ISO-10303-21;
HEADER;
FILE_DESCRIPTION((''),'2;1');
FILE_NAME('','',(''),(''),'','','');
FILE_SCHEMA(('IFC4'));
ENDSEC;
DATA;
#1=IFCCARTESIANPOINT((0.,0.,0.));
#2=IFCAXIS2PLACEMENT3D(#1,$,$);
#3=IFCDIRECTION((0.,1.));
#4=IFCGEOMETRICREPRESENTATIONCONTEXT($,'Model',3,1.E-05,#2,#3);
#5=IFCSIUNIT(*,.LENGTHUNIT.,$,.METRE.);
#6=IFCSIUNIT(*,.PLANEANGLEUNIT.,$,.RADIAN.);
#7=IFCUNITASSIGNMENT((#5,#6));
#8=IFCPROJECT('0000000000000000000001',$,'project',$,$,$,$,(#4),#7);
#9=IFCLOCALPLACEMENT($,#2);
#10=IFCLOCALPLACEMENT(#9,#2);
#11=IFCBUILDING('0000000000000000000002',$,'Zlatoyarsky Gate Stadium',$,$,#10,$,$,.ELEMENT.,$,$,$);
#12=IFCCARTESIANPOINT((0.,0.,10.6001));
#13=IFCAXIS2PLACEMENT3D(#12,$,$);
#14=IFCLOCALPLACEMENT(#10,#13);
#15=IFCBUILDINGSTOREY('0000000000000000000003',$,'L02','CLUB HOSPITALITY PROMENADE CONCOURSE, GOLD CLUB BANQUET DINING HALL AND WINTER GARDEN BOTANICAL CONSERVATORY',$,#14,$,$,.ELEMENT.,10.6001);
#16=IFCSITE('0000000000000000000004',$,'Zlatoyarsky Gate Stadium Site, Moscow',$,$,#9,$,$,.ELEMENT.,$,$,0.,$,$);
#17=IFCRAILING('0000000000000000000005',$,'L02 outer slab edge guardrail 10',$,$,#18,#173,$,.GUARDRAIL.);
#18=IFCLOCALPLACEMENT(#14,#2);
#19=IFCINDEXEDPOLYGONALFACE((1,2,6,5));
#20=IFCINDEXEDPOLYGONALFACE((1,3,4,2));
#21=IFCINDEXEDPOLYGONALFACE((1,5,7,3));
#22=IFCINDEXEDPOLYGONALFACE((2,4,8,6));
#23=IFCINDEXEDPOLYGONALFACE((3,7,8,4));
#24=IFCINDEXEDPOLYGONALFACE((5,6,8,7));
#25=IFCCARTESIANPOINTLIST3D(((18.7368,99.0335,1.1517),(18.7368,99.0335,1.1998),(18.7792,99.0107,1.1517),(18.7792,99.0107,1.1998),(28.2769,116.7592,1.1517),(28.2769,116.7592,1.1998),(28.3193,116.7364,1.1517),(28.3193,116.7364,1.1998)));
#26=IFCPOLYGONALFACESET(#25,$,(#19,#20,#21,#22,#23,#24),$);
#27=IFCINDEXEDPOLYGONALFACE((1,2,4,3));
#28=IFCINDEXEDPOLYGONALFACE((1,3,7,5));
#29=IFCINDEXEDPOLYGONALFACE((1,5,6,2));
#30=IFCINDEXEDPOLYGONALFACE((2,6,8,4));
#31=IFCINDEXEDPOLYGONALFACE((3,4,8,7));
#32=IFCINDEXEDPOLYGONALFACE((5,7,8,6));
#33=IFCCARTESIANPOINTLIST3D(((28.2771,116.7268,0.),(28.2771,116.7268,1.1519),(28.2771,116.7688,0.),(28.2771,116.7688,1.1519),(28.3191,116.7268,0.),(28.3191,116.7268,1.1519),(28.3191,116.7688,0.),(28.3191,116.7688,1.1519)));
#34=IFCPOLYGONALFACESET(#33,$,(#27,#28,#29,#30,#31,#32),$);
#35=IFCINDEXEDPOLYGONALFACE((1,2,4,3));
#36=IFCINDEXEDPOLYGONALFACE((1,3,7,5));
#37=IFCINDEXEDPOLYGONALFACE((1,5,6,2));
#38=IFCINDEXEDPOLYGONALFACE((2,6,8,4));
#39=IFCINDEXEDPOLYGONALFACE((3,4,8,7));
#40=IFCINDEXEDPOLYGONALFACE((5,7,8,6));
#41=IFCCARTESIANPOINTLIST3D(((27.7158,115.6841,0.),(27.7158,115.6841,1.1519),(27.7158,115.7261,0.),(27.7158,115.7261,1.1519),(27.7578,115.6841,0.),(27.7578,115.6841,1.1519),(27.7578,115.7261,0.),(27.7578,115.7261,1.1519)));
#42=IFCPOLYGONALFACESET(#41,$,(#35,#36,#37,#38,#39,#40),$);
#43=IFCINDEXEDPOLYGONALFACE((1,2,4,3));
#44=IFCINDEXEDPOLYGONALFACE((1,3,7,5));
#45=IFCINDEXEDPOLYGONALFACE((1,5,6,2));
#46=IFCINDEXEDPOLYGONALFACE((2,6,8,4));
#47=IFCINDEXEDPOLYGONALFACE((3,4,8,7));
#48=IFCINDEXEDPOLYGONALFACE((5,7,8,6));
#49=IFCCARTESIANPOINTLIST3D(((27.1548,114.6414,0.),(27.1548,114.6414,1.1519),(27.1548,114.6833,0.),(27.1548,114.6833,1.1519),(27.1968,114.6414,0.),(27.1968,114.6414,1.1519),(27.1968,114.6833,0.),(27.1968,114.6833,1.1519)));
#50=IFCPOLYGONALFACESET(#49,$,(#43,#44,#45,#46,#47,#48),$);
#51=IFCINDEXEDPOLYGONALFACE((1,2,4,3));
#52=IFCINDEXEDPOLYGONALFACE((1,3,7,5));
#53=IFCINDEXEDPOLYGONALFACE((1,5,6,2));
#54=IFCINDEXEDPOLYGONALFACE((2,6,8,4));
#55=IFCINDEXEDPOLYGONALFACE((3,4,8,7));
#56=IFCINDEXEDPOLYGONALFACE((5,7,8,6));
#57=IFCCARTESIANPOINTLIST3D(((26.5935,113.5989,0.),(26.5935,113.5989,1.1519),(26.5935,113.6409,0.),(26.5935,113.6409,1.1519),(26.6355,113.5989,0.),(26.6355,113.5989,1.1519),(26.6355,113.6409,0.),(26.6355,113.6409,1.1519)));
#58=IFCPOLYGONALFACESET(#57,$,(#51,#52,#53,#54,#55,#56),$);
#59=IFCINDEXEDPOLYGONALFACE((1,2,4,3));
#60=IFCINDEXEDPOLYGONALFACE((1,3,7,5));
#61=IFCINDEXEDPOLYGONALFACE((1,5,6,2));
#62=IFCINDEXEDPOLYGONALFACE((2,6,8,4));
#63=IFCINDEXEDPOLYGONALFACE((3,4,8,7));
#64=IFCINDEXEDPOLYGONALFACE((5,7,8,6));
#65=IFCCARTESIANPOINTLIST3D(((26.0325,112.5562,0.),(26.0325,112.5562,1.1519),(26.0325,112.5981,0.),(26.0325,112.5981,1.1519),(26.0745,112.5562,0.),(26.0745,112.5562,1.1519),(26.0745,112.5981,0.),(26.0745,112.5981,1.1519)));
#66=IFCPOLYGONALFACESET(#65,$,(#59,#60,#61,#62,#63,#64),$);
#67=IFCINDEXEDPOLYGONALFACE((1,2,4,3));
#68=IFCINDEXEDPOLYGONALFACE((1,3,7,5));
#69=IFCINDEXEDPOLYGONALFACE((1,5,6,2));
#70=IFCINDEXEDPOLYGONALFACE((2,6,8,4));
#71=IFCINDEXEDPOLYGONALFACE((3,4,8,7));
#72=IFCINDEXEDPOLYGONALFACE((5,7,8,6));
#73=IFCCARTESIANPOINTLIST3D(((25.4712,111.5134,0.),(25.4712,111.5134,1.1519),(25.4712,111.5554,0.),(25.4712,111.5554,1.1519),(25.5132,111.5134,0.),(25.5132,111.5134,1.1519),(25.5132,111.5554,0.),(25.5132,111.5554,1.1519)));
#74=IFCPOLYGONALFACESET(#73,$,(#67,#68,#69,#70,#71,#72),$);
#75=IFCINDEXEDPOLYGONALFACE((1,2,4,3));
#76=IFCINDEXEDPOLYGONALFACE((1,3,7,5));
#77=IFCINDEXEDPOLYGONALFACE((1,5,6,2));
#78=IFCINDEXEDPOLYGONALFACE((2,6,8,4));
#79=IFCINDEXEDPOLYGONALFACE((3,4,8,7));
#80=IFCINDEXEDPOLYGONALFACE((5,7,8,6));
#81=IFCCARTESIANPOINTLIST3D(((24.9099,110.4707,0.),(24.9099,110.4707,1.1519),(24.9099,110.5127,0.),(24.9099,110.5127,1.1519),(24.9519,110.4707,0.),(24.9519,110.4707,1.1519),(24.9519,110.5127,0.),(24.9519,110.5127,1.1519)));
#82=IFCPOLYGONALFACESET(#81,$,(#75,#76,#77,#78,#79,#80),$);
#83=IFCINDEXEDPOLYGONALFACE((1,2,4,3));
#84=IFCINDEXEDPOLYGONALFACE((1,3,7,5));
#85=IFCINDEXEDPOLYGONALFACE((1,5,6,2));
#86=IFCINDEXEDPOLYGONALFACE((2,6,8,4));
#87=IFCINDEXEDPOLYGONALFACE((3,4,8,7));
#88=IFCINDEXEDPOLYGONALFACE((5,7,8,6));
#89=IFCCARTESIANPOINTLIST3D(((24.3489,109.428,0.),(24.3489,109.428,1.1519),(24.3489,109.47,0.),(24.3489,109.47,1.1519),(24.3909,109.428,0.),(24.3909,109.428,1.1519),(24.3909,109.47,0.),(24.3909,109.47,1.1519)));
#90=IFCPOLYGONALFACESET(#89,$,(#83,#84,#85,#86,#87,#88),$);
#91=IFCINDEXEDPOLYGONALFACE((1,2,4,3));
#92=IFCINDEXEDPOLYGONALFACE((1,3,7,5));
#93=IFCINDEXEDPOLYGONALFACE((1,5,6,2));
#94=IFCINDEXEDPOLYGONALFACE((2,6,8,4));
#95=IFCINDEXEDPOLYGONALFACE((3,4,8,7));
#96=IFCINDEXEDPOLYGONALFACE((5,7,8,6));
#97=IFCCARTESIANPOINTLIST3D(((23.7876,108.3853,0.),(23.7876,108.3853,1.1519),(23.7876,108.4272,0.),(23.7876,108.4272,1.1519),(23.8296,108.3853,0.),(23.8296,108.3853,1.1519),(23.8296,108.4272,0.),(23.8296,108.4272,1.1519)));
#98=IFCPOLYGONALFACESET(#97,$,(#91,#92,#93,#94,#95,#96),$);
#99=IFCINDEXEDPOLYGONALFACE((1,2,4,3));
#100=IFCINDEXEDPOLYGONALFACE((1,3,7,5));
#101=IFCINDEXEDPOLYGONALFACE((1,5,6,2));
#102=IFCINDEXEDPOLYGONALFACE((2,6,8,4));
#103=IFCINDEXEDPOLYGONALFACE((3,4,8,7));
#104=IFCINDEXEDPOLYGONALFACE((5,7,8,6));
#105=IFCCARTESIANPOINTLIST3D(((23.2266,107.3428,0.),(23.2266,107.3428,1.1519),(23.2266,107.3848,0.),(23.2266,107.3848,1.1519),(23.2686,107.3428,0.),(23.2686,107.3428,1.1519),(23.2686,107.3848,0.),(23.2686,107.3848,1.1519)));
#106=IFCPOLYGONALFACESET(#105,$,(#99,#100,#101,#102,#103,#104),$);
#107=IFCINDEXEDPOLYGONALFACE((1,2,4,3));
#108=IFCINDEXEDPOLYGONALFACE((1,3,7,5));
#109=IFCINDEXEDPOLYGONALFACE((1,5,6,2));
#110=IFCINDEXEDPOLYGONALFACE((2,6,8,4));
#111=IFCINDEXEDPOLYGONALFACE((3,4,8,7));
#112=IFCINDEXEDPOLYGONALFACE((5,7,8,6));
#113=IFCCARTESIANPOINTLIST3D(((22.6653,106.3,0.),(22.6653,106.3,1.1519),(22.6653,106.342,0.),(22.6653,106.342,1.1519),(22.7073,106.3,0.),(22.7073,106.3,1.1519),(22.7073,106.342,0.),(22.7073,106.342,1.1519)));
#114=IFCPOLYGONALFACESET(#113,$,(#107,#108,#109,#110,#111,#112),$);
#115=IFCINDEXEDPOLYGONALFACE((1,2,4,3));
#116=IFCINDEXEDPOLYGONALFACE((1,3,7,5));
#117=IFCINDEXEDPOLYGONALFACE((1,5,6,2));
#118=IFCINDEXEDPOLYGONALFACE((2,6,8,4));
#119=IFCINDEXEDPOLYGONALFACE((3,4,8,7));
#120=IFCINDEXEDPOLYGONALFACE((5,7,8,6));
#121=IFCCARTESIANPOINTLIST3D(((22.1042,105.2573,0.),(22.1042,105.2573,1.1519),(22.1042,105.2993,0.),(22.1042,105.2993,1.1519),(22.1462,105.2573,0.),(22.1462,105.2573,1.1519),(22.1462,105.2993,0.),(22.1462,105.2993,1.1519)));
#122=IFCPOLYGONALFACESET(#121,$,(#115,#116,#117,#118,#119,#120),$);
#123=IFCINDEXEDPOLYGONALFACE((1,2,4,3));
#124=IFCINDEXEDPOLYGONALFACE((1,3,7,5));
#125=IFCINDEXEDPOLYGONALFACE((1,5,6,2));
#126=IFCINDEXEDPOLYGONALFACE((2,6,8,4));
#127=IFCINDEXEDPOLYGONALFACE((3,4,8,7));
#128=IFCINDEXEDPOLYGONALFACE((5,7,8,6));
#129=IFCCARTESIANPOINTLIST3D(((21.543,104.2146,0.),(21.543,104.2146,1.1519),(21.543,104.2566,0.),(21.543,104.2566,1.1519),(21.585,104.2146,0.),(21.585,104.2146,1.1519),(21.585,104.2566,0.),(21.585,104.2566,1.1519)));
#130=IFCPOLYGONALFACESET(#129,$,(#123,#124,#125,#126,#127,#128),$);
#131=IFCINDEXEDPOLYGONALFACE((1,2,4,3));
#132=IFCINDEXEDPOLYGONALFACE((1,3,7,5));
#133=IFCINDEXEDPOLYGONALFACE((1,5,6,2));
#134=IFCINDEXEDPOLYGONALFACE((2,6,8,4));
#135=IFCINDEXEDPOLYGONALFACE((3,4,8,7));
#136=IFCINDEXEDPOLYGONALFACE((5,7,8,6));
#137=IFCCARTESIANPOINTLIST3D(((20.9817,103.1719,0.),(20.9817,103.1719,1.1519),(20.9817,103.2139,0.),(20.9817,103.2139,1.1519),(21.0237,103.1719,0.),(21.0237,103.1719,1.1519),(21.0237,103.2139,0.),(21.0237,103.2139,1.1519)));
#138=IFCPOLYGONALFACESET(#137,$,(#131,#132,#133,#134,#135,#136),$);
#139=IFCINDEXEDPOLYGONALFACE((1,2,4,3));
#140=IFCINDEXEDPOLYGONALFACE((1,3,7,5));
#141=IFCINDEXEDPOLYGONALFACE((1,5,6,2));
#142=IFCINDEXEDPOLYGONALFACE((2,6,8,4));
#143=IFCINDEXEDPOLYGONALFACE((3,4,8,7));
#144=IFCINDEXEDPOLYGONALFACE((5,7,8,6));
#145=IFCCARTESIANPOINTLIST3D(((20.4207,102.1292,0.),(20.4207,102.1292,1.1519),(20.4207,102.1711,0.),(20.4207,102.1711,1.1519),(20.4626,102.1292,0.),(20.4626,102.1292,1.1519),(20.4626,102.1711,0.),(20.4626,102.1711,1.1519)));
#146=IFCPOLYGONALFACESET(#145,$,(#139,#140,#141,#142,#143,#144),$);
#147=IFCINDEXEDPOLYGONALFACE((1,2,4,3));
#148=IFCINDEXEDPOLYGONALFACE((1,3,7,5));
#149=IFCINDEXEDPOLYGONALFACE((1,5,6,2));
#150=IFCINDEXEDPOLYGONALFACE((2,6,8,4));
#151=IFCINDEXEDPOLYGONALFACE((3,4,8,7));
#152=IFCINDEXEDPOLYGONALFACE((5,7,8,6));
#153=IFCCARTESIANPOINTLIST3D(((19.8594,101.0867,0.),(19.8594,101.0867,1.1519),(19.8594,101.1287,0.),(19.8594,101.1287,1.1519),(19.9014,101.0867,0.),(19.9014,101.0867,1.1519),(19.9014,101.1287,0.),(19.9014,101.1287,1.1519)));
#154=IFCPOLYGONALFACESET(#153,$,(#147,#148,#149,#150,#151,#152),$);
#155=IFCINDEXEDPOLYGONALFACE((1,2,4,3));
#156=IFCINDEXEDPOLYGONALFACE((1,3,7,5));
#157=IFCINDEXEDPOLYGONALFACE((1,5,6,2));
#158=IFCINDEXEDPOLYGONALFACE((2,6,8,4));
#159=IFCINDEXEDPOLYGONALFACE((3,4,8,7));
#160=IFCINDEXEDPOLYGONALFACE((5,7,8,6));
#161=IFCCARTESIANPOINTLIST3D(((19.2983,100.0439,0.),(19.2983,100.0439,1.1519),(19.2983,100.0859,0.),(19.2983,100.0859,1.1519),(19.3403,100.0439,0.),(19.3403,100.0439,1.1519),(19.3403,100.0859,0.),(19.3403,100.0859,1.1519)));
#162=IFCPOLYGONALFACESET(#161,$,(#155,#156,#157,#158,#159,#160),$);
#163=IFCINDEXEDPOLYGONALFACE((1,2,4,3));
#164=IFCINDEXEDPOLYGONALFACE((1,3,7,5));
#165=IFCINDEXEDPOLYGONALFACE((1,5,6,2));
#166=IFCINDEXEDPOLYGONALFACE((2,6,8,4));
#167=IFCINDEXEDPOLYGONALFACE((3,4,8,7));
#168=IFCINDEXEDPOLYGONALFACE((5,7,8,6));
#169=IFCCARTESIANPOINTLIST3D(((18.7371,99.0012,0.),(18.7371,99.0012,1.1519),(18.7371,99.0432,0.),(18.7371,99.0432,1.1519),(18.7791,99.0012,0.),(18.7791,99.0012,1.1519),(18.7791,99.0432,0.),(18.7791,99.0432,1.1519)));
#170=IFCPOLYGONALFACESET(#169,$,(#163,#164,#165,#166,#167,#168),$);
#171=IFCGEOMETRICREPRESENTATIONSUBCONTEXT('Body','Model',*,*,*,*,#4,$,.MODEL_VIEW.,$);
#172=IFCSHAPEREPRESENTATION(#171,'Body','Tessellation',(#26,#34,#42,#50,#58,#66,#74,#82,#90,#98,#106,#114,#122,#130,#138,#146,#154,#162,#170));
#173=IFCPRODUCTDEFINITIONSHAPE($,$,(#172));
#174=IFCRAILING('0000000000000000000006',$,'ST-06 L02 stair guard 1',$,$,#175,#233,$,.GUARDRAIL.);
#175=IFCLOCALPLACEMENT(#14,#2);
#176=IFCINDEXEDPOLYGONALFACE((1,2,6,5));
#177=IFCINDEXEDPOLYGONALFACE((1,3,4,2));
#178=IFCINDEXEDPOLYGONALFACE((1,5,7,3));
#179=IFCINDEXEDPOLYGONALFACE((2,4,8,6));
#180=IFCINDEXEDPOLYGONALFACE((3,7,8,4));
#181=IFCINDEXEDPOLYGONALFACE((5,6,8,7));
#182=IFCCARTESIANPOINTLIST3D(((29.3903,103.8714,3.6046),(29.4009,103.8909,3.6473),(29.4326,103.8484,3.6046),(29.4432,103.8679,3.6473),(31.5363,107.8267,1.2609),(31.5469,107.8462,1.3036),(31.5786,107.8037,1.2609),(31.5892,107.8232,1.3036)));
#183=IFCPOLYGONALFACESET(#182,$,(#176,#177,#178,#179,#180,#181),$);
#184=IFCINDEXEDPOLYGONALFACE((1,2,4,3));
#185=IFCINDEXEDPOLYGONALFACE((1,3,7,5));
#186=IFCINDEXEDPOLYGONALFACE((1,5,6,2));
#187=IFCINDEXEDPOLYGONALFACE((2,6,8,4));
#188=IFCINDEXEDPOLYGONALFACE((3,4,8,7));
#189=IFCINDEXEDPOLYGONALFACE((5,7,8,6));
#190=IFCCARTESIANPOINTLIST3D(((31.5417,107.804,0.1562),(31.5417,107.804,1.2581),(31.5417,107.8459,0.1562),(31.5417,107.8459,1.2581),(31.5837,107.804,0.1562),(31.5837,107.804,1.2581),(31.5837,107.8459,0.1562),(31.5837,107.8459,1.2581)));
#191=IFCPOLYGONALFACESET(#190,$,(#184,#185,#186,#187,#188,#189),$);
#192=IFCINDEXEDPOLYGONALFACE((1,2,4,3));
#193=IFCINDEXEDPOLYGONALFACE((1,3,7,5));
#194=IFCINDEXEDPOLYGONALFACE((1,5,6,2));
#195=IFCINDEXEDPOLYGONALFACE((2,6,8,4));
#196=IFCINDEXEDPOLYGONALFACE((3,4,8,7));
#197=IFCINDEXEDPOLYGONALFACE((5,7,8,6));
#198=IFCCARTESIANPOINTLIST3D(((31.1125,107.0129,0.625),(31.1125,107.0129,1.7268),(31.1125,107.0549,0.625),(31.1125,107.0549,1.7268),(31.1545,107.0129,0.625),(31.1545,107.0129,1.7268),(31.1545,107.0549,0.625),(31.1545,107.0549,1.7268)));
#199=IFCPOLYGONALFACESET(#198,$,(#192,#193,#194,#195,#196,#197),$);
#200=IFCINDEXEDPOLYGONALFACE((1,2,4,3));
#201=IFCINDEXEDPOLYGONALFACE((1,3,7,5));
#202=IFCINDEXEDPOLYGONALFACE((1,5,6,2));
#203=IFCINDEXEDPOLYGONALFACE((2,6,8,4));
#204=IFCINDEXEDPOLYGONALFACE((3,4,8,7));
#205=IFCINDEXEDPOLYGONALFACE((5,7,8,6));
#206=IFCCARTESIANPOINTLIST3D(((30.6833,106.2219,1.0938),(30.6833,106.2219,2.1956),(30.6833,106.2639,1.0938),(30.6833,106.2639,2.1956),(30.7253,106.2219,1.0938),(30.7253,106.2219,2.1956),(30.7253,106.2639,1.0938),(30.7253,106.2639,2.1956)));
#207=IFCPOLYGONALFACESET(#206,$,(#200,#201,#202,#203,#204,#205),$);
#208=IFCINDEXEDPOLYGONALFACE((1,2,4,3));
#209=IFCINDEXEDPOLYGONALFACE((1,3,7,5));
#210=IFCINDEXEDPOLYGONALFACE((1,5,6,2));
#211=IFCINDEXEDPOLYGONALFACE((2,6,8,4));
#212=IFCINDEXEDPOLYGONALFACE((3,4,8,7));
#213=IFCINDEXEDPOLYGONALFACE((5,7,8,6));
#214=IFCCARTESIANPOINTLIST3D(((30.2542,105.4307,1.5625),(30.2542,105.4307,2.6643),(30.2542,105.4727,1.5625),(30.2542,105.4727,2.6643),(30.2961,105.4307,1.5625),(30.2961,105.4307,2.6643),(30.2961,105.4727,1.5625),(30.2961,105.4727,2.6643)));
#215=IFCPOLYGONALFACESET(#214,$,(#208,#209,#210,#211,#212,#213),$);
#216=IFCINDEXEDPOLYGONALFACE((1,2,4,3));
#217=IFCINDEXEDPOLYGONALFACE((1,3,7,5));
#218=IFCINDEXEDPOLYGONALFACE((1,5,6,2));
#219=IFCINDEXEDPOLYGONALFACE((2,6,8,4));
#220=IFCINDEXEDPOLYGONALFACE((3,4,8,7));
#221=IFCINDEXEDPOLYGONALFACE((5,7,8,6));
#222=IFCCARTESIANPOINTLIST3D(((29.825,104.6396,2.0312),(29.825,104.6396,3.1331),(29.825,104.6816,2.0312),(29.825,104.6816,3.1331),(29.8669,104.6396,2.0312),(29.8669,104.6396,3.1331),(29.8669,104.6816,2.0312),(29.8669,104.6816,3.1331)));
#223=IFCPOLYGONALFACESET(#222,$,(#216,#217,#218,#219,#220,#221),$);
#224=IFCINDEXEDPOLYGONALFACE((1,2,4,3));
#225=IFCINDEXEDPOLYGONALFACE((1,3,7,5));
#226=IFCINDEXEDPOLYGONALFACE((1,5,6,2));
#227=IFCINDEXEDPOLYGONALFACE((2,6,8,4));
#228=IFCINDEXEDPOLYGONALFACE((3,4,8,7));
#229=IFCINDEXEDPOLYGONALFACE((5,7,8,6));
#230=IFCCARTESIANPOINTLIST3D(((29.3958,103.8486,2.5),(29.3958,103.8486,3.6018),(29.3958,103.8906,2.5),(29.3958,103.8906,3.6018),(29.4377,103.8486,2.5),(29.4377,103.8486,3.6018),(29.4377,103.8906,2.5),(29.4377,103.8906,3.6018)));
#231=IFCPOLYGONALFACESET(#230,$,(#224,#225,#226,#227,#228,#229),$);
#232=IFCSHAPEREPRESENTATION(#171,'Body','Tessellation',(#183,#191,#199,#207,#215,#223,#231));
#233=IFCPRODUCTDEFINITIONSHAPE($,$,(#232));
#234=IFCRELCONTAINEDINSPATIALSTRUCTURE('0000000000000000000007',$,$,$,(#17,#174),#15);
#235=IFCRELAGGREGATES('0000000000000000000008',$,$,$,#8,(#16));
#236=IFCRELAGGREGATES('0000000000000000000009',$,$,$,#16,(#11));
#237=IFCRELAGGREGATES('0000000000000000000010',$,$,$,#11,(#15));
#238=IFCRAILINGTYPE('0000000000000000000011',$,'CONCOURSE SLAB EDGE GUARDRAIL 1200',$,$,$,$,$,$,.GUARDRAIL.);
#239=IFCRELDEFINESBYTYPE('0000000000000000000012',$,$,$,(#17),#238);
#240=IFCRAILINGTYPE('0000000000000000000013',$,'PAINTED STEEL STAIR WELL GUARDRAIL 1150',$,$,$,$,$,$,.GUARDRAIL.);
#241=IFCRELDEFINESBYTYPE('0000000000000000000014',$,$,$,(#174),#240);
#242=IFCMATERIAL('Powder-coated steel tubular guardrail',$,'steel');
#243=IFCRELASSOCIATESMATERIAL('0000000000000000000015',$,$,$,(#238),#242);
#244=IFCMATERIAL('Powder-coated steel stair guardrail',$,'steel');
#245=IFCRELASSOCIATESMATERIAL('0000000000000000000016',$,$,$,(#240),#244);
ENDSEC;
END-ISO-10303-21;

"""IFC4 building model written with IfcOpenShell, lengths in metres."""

from ifc_helpers import new_model, si_unit, direction, frame, origin, origin_2d, place, context, subcontext, project, spatial, rectangle, extrude, material, type_object, element, save


model = new_model("IFC4")

# Units and contexts
model_context = context("Model", 3, precision=1e-05, world=origin(), true_north=direction((0.0, 1.0)))
body_context = subcontext(model_context, "Body", "Model", "MODEL_VIEW")
ifc_project = project(units=[si_unit("LENGTHUNIT", "METRE"), si_unit("PLANEANGLEUNIT", "RADIAN")], contexts=[model_context])

# Site, building, storey
site_placement = place(None, origin())
site = spatial("IfcSite", under=ifc_project, at=site_placement, Name="Zlatoyarsky Gate Stadium Site, Moscow", CompositionType="ELEMENT", RefElevation=0.0)
building_placement = place(site_placement, origin())
building = spatial("IfcBuilding", under=site, at=building_placement, Name="Zlatoyarsky Gate Stadium", CompositionType="ELEMENT")
storey_placement = place(building_placement, frame((0.0, 0.0, 10.6001)))
storey = spatial("IfcBuildingStorey", under=building, at=storey_placement, Name="L02", Description="CLUB HOSPITALITY PROMENADE CONCOURSE, GOLD CLUB BANQUET DINING HALL AND WINTER GARDEN BOTANICAL CONSERVATORY", CompositionType="ELEMENT", Elevation=10.6001)

# Railings
ifc_material_1 = material(Name="Powder-coated steel tubular guardrail", Category="steel")
railing_type_1 = type_object("IfcRailingType", Name="CONCOURSE SLAB EDGE GUARDRAIL 1200", PredefinedType="GUARDRAIL", material=ifc_material_1)
railing_1_placement = place(storey_placement, frame((28.2981, 116.7478, 0.0)))
element("IfcRailing", 1, at=railing_1_placement, inside=storey, type_object=railing_type_1, Name="L02 outer slab edge guardrail 10", PredefinedType="GUARDRAIL", context=body_context, shape_type="SweptSolid", body=[
    extrude(rectangle(XDim=0.0481, YDim=0.0481, at=origin_2d()), frame((0.0, 0.0, 1.1758), z_axis=(-0.473926, -0.880565, 0.0), x_axis=(0.880565, -0.473926, 0.0)), (0.0, 0.0, 1.0), 20.1299),
    extrude(rectangle(XDim=0.042, YDim=0.042, at=origin_2d()), origin(), (0.0, 0.0, 1.0), 1.1519),
    extrude(rectangle(XDim=0.042, YDim=0.042, at=origin_2d()), frame((-0.5613, -1.0427, 0.0)), (0.0, 0.0, 1.0), 1.1519),
    extrude(rectangle(XDim=0.042, YDim=0.042, at=origin_2d()), frame((-1.1223, -2.0854, 0.0)), (0.0, 0.0, 1.0), 1.1519),
    extrude(rectangle(XDim=0.042, YDim=0.042, at=origin_2d()), frame((-1.6836, -3.1279, 0.0)), (0.0, 0.0, 1.0), 1.1519),
    extrude(rectangle(XDim=0.042, YDim=0.042, at=origin_2d()), frame((-2.2446, -4.1707, 0.0)), (0.0, 0.0, 1.0), 1.1519),
    extrude(rectangle(XDim=0.042, YDim=0.042, at=origin_2d()), frame((-2.8059, -5.2134, 0.0)), (0.0, 0.0, 1.0), 1.1519),
    extrude(rectangle(XDim=0.042, YDim=0.042, at=origin_2d()), frame((-3.3672, -6.2561, 0.0)), (0.0, 0.0, 1.0), 1.1519),
    extrude(rectangle(XDim=0.042, YDim=0.042, at=origin_2d()), frame((-3.9282, -7.2988, 0.0)), (0.0, 0.0, 1.0), 1.1519),
    extrude(rectangle(XDim=0.042, YDim=0.042, at=origin_2d()), frame((-4.4895, -8.3416, 0.0)), (0.0, 0.0, 1.0), 1.1519),
    extrude(rectangle(XDim=0.042, YDim=0.042, at=origin_2d()), frame((-5.0505, -9.384, 0.0)), (0.0, 0.0, 1.0), 1.1519),
    extrude(rectangle(XDim=0.042, YDim=0.042, at=origin_2d()), frame((-5.6118, -10.4268, 0.0)), (0.0, 0.0, 1.0), 1.1519),
    extrude(rectangle(XDim=0.042, YDim=0.042, at=origin_2d()), frame((-6.1729, -11.4695, 0.0)), (0.0, 0.0, 1.0), 1.1519),
    extrude(rectangle(XDim=0.042, YDim=0.042, at=origin_2d()), frame((-6.7341, -12.5122, 0.0)), (0.0, 0.0, 1.0), 1.1519),
    extrude(rectangle(XDim=0.042, YDim=0.042, at=origin_2d()), frame((-7.2954, -13.5549, 0.0)), (0.0, 0.0, 1.0), 1.1519),
    extrude(rectangle(XDim=0.042, YDim=0.042, at=origin_2d()), frame((-7.8564, -14.5977, 0.0)), (0.0, 0.0, 1.0), 1.1519),
    extrude(rectangle(XDim=0.042, YDim=0.042, at=origin_2d()), frame((-8.4177, -15.6401, 0.0)), (0.0, 0.0, 1.0), 1.1519),
    extrude(rectangle(XDim=0.042, YDim=0.042, at=origin_2d()), frame((-8.9788, -16.6829, 0.0)), (0.0, 0.0, 1.0), 1.1519),
    extrude(rectangle(XDim=0.042, YDim=0.042, at=origin_2d()), frame((-9.54, -17.7256, 0.0)), (0.0, 0.0, 1.0), 1.1519),
])
ifc_material_2 = material(Name="Powder-coated steel stair guardrail", Category="steel")
railing_type_2 = type_object("IfcRailingType", Name="PAINTED STEEL STAIR WELL GUARDRAIL 1150", PredefinedType="GUARDRAIL", material=ifc_material_2)
railing_2_placement = place(storey_placement, frame((31.5627, 107.825, 0.1562)))
element("IfcRailing", 2, at=railing_2_placement, inside=storey, type_object=railing_type_2, Name="ST-06 L02 stair guard 1", PredefinedType="GUARDRAIL", context=body_context, shape_type="SweptSolid", body=[
    extrude(rectangle(XDim=0.0481, YDim=0.0481, at=origin_2d()), frame((0.0, 0.0, 1.126), z_axis=(-0.42296, -0.779564, 0.461936), x_axis=(0.878963, -0.47689, 0.0)), (0.0, 0.0, 1.0), 5.0737),
    extrude(rectangle(XDim=0.042, YDim=0.042, at=origin_2d()), origin(), (0.0, 0.0, 1.0), 1.1018),
    extrude(rectangle(XDim=0.042, YDim=0.042, at=origin_2d()), frame((-0.4292, -0.791, 0.4688)), (0.0, 0.0, 1.0), 1.1018),
    extrude(rectangle(XDim=0.042, YDim=0.042, at=origin_2d()), frame((-0.8584, -1.582, 0.9375)), (0.0, 0.0, 1.0), 1.1018),
    extrude(rectangle(XDim=0.042, YDim=0.042, at=origin_2d()), frame((-1.2876, -2.3733, 1.4062)), (0.0, 0.0, 1.0), 1.1018),
    extrude(rectangle(XDim=0.042, YDim=0.042, at=origin_2d()), frame((-1.7168, -3.1643, 1.875)), (0.0, 0.0, 1.0), 1.1018),
    extrude(rectangle(XDim=0.042, YDim=0.042, at=origin_2d()), frame((-2.146, -3.9553, 2.3438)), (0.0, 0.0, 1.0), 1.1018),
])

save(model, "model.ifc")
